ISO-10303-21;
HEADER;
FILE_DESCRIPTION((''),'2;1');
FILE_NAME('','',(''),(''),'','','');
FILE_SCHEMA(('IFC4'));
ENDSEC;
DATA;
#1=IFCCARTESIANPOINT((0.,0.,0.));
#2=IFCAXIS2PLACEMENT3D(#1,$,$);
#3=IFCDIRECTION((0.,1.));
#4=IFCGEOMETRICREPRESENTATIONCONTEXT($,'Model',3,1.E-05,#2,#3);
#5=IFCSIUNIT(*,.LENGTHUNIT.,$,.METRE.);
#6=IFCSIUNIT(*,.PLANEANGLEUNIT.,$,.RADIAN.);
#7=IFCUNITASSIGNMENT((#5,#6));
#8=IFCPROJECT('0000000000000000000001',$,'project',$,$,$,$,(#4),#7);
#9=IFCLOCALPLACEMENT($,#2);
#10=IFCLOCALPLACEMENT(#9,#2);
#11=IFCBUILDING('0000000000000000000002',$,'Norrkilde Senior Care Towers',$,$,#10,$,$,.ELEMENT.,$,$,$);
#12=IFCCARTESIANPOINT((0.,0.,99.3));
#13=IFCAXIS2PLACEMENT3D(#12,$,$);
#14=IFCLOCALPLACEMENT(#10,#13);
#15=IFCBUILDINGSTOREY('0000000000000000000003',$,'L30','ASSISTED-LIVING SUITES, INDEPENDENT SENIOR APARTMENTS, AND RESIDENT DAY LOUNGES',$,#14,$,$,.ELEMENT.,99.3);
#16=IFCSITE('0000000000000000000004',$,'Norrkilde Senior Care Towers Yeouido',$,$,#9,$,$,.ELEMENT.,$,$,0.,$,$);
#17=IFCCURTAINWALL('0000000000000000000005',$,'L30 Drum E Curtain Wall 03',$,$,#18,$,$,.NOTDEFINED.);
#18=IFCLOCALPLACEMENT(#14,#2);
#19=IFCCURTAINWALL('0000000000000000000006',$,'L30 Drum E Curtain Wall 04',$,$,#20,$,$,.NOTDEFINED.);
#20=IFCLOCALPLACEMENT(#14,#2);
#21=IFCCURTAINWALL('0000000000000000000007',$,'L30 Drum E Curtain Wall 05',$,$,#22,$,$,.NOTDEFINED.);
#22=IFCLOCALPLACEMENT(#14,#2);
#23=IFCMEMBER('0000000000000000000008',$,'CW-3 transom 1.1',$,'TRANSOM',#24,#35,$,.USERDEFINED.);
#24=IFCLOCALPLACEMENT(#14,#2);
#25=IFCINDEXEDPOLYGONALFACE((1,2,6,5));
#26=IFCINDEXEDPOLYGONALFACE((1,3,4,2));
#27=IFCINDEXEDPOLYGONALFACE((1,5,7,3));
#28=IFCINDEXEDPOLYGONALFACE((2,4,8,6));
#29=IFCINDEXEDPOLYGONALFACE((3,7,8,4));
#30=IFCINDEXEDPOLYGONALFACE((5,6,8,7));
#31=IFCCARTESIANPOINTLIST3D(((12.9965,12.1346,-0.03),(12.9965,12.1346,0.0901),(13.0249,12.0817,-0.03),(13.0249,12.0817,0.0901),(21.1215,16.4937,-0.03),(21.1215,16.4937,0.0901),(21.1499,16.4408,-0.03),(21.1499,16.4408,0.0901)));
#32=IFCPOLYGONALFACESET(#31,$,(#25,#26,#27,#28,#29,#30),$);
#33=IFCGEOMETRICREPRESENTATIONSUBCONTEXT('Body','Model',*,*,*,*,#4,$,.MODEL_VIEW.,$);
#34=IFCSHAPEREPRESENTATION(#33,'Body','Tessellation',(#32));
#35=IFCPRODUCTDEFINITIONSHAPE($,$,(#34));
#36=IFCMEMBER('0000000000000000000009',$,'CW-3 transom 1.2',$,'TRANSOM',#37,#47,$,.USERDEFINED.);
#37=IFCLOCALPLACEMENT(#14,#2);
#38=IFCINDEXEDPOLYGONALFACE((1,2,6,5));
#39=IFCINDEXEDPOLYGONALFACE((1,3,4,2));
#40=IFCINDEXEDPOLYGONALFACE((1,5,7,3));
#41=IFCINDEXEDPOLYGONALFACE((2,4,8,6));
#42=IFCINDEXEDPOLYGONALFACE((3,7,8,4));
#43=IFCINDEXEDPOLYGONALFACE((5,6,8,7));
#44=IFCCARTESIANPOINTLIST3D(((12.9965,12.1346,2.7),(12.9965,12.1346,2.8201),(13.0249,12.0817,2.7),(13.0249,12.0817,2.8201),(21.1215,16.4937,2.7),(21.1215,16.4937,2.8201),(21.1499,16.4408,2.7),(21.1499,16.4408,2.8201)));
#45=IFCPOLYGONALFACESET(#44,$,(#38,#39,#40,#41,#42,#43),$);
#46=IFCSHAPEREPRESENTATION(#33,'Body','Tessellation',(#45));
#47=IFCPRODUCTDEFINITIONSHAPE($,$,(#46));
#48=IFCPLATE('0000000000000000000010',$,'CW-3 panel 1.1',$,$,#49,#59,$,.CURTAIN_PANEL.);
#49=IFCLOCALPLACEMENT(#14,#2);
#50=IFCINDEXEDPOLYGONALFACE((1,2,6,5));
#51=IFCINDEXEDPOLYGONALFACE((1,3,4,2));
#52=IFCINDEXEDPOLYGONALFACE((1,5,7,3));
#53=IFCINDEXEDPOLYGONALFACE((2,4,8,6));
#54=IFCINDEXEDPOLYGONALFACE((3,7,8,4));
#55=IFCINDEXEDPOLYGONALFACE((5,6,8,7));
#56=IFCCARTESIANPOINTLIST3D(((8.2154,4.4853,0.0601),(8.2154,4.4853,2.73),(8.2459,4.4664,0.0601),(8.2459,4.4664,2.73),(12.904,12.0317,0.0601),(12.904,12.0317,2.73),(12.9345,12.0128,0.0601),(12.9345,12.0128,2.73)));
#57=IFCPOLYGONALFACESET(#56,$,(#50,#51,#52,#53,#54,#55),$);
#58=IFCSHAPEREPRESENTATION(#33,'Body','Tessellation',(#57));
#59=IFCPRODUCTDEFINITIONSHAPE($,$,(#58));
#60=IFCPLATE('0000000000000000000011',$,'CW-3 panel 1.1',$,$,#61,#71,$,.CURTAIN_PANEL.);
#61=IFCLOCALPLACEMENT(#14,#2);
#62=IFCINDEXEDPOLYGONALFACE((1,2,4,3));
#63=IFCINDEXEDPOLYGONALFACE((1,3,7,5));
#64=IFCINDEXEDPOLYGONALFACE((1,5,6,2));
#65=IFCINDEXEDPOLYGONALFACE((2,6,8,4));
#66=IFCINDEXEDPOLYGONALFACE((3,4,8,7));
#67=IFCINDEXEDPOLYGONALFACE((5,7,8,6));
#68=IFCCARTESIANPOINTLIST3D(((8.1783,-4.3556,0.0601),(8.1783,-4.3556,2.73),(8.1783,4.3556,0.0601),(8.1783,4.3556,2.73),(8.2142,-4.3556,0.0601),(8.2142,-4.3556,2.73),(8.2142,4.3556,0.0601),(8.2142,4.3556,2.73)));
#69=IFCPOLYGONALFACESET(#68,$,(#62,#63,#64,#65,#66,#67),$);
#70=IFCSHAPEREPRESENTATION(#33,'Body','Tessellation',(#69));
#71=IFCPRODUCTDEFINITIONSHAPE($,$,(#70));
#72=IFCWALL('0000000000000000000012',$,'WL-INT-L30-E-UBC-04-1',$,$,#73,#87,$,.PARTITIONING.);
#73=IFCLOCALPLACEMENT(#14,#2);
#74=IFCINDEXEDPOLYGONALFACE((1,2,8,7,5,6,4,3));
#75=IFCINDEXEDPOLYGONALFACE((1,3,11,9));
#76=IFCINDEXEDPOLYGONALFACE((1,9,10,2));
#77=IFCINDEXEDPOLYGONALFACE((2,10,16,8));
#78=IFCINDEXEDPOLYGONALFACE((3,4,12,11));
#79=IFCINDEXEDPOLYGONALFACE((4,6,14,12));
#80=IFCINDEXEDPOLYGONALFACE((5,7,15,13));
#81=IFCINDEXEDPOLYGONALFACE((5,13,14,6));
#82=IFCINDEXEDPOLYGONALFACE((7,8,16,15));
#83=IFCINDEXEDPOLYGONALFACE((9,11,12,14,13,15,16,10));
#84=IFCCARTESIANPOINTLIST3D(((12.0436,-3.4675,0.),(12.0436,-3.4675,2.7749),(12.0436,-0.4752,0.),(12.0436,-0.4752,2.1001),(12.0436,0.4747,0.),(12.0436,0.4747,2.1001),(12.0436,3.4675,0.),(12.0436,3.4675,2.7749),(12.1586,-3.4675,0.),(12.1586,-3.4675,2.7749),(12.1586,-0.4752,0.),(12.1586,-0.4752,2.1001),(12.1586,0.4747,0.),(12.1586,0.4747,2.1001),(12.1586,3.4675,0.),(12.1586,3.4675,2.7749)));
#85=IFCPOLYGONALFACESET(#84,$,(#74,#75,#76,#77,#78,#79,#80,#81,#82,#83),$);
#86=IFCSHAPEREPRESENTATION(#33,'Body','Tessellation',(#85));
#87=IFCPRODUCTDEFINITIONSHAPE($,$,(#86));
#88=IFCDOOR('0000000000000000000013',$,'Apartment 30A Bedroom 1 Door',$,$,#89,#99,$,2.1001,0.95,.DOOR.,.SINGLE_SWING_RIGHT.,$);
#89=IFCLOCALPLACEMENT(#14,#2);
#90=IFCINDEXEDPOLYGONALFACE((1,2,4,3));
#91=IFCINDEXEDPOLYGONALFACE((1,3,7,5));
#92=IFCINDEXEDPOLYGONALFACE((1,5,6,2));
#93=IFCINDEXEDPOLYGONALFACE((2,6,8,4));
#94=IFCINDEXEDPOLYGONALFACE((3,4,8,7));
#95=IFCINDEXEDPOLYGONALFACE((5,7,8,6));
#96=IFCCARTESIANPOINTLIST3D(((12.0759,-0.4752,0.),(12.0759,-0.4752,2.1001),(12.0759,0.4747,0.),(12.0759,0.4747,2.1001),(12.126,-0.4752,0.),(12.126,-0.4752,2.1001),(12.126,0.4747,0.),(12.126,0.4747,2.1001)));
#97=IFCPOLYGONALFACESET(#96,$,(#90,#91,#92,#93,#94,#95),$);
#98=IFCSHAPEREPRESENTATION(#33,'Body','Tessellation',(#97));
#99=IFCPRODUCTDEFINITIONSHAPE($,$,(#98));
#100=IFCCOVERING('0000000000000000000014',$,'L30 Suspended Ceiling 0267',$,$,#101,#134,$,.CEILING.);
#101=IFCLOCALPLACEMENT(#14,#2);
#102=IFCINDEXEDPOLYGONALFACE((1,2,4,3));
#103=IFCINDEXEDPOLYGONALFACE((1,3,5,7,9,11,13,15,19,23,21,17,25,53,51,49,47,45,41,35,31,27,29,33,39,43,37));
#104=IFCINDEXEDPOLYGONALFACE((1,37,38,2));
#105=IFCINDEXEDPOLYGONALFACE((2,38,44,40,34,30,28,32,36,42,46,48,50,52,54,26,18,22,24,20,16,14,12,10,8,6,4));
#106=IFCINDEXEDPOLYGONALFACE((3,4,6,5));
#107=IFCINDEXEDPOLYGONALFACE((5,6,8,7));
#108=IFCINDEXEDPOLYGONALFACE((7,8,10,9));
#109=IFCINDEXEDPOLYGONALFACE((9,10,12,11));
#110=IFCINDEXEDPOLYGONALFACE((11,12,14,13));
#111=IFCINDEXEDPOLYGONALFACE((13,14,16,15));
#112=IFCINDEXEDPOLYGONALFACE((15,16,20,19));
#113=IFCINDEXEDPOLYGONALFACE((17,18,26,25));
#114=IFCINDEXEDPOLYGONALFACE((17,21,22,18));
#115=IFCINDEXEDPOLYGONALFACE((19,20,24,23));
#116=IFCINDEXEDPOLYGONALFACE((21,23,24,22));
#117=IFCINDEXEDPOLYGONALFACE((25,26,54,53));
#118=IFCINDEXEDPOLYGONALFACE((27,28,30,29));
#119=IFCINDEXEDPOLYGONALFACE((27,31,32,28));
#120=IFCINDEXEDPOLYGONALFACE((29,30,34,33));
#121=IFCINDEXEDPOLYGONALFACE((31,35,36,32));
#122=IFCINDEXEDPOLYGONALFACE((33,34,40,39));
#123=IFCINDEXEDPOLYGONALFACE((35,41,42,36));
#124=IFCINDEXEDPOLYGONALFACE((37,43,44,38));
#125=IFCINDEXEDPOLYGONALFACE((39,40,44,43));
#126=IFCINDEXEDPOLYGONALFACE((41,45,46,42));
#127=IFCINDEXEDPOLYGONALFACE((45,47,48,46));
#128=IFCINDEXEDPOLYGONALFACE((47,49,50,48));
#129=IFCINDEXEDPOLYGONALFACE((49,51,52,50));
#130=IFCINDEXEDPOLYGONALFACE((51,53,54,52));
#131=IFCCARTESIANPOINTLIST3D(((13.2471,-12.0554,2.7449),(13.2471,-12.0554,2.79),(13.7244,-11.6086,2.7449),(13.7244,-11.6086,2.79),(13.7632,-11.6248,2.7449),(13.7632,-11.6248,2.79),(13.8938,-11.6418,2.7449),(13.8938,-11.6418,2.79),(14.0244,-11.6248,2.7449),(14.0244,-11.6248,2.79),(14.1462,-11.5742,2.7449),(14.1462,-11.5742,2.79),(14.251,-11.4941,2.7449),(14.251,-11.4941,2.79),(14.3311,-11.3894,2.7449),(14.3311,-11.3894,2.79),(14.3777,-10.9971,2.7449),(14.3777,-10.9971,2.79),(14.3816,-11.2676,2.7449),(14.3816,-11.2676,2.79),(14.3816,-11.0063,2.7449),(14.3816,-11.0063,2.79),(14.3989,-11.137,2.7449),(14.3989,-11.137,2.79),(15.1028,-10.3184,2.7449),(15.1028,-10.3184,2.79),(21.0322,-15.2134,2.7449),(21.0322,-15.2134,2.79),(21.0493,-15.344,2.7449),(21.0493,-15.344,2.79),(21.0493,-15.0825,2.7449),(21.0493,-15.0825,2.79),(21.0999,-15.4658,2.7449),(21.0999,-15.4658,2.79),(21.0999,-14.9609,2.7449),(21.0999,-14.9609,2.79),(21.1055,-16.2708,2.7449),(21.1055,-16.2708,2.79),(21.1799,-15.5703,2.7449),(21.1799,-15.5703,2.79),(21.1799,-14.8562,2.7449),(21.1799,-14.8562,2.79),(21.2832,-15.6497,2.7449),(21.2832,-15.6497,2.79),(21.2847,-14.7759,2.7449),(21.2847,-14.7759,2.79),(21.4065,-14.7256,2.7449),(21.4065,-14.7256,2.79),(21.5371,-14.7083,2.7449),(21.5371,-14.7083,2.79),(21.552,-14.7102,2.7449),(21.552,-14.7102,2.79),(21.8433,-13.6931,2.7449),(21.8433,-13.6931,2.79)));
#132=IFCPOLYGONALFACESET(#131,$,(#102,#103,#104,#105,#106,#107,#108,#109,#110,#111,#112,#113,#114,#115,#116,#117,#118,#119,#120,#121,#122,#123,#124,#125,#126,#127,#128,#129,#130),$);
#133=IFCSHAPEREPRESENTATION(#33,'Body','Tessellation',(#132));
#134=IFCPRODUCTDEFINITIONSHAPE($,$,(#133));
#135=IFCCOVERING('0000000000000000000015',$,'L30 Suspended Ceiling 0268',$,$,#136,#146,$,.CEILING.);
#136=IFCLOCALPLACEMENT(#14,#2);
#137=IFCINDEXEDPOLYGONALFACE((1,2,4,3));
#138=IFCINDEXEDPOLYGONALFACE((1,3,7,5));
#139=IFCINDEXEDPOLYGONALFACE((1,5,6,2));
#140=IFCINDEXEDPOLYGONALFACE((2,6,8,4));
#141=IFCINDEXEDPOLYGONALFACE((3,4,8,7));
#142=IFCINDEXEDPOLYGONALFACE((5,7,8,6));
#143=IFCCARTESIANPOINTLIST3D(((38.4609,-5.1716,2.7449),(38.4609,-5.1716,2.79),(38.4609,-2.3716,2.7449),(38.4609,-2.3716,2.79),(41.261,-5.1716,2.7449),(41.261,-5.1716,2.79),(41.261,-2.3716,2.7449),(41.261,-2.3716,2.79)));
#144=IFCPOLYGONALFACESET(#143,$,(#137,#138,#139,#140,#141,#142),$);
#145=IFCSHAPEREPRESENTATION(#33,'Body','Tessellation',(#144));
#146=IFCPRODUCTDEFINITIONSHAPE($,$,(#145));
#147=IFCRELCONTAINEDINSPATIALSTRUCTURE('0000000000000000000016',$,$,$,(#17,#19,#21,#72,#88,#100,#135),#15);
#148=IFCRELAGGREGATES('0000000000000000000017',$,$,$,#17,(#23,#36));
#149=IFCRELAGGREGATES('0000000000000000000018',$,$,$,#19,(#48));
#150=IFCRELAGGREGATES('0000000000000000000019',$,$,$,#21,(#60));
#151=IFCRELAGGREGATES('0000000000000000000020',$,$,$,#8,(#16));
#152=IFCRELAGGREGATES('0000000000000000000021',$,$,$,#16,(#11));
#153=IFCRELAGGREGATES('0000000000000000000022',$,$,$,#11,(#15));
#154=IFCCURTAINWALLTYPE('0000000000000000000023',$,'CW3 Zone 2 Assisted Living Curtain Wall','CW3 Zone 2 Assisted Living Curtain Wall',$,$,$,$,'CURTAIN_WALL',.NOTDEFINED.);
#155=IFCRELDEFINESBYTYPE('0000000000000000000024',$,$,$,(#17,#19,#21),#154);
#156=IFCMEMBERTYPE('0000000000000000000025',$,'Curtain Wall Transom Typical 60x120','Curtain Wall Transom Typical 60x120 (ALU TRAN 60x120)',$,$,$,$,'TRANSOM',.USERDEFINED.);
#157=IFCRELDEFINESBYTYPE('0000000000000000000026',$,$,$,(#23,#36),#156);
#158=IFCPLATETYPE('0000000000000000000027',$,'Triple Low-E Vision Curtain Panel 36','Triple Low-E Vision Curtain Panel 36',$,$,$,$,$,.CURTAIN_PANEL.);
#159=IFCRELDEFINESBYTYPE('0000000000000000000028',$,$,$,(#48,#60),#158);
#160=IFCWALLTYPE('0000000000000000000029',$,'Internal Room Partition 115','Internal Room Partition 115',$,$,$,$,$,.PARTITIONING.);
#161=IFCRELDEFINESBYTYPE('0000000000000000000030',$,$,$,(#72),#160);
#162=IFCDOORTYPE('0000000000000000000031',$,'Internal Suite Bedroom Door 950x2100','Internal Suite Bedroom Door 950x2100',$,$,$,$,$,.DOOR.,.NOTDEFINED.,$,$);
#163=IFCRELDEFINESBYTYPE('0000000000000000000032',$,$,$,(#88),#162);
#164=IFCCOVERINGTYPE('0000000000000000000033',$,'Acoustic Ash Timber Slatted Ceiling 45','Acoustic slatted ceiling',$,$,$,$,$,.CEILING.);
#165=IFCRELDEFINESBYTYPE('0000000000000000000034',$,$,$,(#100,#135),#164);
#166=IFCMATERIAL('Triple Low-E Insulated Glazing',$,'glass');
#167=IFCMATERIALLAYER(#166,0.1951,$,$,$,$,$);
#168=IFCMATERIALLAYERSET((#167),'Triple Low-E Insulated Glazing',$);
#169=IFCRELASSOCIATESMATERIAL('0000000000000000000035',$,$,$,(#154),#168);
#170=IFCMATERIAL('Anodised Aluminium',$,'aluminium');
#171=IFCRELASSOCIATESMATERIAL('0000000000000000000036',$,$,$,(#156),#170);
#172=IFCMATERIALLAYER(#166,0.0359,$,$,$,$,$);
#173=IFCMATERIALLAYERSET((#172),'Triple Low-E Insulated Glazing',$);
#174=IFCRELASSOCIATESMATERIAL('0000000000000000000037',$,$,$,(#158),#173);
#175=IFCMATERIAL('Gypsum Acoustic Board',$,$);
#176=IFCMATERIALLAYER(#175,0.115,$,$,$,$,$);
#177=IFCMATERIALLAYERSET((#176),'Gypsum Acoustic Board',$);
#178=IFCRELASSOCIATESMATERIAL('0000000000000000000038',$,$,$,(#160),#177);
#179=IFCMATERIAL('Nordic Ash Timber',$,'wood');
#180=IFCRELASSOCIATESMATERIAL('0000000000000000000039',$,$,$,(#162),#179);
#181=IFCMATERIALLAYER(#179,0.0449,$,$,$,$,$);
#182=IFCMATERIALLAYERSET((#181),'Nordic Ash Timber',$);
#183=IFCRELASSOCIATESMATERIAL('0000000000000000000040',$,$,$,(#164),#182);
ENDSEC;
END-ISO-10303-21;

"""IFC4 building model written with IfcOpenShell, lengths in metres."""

from ifc_helpers import new_model, si_unit, direction, frame, frame_2d, origin, origin_2d, place, context, subcontext, project, spatial, polyline, rectangle, outline, extrude, source, transform, mapped, material, layer, layer_set, material_profile, profile_set, type_object, type_shapes, element, fill, aggregate, save


model = new_model("IFC4")

# Units and contexts
model_context = context("Model", 3, precision=1e-05, world=origin(), true_north=direction((0.0, 1.0)))
body_context = subcontext(model_context, "Body", "Model", "MODEL_VIEW")
ifc_project = project(units=[si_unit("LENGTHUNIT", "METRE"), si_unit("PLANEANGLEUNIT", "RADIAN")], contexts=[model_context])

# Site, building, storey
site_placement = place(None, origin())
site = spatial("IfcSite", under=ifc_project, at=site_placement, Name="Norrkilde Senior Care Towers Yeouido", CompositionType="ELEMENT", RefElevation=0.0)
building_placement = place(site_placement, origin())
building = spatial("IfcBuilding", under=site, at=building_placement, Name="Norrkilde Senior Care Towers", CompositionType="ELEMENT")
storey_placement = place(building_placement, frame((0.0, 0.0, 99.3)))
storey = spatial("IfcBuildingStorey", under=building, at=storey_placement, Name="L30", Description="ASSISTED-LIVING SUITES, INDEPENDENT SENIOR APARTMENTS, AND RESIDENT DAY LOUNGES", CompositionType="ELEMENT", Elevation=99.3)

# Curtain wall
ifc_material_1 = material(Name="Triple Low-E Insulated Glazing", Category="glass")
ifc_layer_1 = layer(ifc_material_1, 0.1951)
ifc_layer_set_1 = layer_set([ifc_layer_1], Name="Triple Low-E Insulated Glazing")
curtain_wall_type = type_object("IfcCurtainWallType", Name="CW3 Zone 2 Assisted Living Curtain Wall", Description="CW3 Zone 2 Assisted Living Curtain Wall", ElementType="CURTAIN_WALL", PredefinedType="NOTDEFINED", material=ifc_layer_set_1)
curtain_wall_1_placement = place(storey_placement, origin())
curtain_wall_1 = element("IfcCurtainWall", 1, at=curtain_wall_1_placement, inside=storey, type_object=curtain_wall_type, Name="L30 Drum E Curtain Wall 03", PredefinedType="NOTDEFINED")
ifc_material_2 = material(Name="Anodised Aluminium", Category="aluminium")

# Curtain wall
curtain_wall_2_placement = place(storey_placement, origin())
curtain_wall_2 = element("IfcCurtainWall", 2, at=curtain_wall_2_placement, inside=storey, type_object=curtain_wall_type, Name="L30 Drum E Curtain Wall 04", PredefinedType="NOTDEFINED")

# Curtain wall
curtain_wall_3_placement = place(storey_placement, origin())
curtain_wall_3 = element("IfcCurtainWall", 3, at=curtain_wall_3_placement, inside=storey, type_object=curtain_wall_type, Name="L30 Drum E Curtain Wall 05", PredefinedType="NOTDEFINED")

# Members
ifc_material_profile_1 = material_profile(ifc_material_2, rectangle(XDim=0.0601, YDim=0.1201, at=origin_2d()), Name="ALU TRAN 60x120")
ifc_profile_set_1 = profile_set([ifc_material_profile_1], Name="Anodised Aluminium")
member_type_1 = type_object("IfcMemberType", Name="Curtain Wall Transom Typical 60x120", Description="Curtain Wall Transom Typical 60x120 (ALU TRAN 60x120)", ElementType="TRANSOM", PredefinedType="USERDEFINED", material=ifc_profile_set_1)
shared_shape_1 = source(origin(), body_context, "Body", "SweptSolid", [
    extrude(rectangle(XDim=0.0601, YDim=0.1201, at=origin_2d()), origin(), (0.0, 0.0, 1.0), 9.2205),
])
member_1_placement = place(storey_placement, frame((13.0107, 12.1082, 0.03), z_axis=(0.881189, 0.472765, 0.0), x_axis=(-0.472765, 0.881189, 0.0)))
member_1 = element("IfcMember", 4, at=member_1_placement, type_object=member_type_1, Name="CW-3 transom 1.1", ObjectType="TRANSOM", PredefinedType="USERDEFINED", context=body_context, shape_type="MappedRepresentation", body=[
    mapped(shared_shape_1, transform((0.0, 0.0, 0.0), x_axis=(1.0, 0.0, 0.0), y_axis=(0.0, 1.0, 0.0), z_axis=(0.0, 0.0, 1.0), scale=1.0)),
])
member_2_placement = place(storey_placement, frame((13.0107, 12.1082, 2.76), z_axis=(0.881189, 0.472765, 0.0), x_axis=(-0.472765, 0.881189, 0.0)))
member_2 = element("IfcMember", 5, at=member_2_placement, type_object=member_type_1, Name="CW-3 transom 1.2", ObjectType="TRANSOM", PredefinedType="USERDEFINED", context=body_context, shape_type="MappedRepresentation", body=[
    mapped(shared_shape_1, transform((0.0, 0.0, 0.0), x_axis=(1.0, 0.0, 0.0), y_axis=(0.0, 1.0, 0.0), z_axis=(0.0, 0.0, 1.0), scale=1.0)),
])
aggregate(curtain_wall_1, [member_1, member_2])

# Plates
ifc_layer_2 = layer(ifc_material_1, 0.0359)
ifc_layer_set_2 = layer_set([ifc_layer_2], Name="Triple Low-E Insulated Glazing")
plate_type = type_object("IfcPlateType", Name="Triple Low-E Vision Curtain Panel 36", Description="Triple Low-E Vision Curtain Panel 36", PredefinedType="CURTAIN_PANEL", material=ifc_layer_set_2)
shared_shape_2 = source(origin(), body_context, "Body", "SweptSolid", [
    extrude(rectangle(XDim=8.8843, YDim=0.0359, at=origin_2d()), origin(), (0.0, 0.0, 1.0), 2.6699),
])
plate_1_placement = place(storey_placement, frame((10.575, 8.249, 0.0601), z_axis=(0.0, 0.0, 1.0), x_axis=(0.527733, 0.84941, 0.0)))
plate_1 = element("IfcPlate", 6, at=plate_1_placement, type_object=plate_type, Name="CW-3 panel 1.1", PredefinedType="CURTAIN_PANEL", context=body_context, shape_type="MappedRepresentation", body=[
    mapped(shared_shape_2, transform((0.0, 0.0, 0.0), x_axis=(1.0, 0.0, 0.0), y_axis=(0.0, 1.0, 0.0), z_axis=(0.0, 0.0, 1.0), scale=1.0)),
])
aggregate(curtain_wall_2, [plate_1])
shared_shape_3 = source(origin(), body_context, "Body", "SweptSolid", [
    extrude(rectangle(XDim=8.7112, YDim=0.0359, at=origin_2d()), origin(), (0.0, 0.0, 1.0), 2.6699),
])
type_shapes(plate_type, [shared_shape_2, shared_shape_3])
plate_2_placement = place(storey_placement, frame((8.1963, 0.0, 0.0601), z_axis=(0.0, 0.0, 1.0), x_axis=(0.0, 1.0, 0.0)))
plate_2 = element("IfcPlate", 7, at=plate_2_placement, type_object=plate_type, Name="CW-3 panel 1.1", PredefinedType="CURTAIN_PANEL", context=body_context, shape_type="MappedRepresentation", body=[
    mapped(shared_shape_3, transform((0.0, 0.0, 0.0), x_axis=(1.0, 0.0, 0.0), y_axis=(0.0, 1.0, 0.0), z_axis=(0.0, 0.0, 1.0), scale=1.0)),
])
aggregate(curtain_wall_3, [plate_2])

# Wall, opening, door
ifc_material_3 = material(Name="Gypsum Acoustic Board")
ifc_layer_3 = layer(ifc_material_3, 0.115)
ifc_layer_set_3 = layer_set([ifc_layer_3], Name="Gypsum Acoustic Board")
wall_type = type_object("IfcWallType", Name="Internal Room Partition 115", Description="Internal Room Partition 115", PredefinedType="PARTITIONING", material=ifc_layer_set_3)
shared_shape_4 = source(origin(), body_context, "Body", "SweptSolid", [
    extrude(rectangle(XDim=6.9351, YDim=0.115, at=frame_2d((3.4675, 0.0))), origin(), (0.0, 0.0, 1.0), 2.7749),
])
type_shapes(wall_type, [shared_shape_4])
wall_placement = place(storey_placement, frame((12.1011, 3.4675, 0.0), z_axis=(0.0, 0.0, 1.0), x_axis=(0.0, -1.0, 0.0)))
wall = element("IfcWall", 8, at=wall_placement, inside=storey, type_object=wall_type, Name="WL-INT-L30-E-UBC-04-1", PredefinedType="PARTITIONING", context=body_context, shape_type="MappedRepresentation", body=[
    mapped(shared_shape_4, transform((0.0, 0.0, 0.0), x_axis=(1.0, 0.0, 0.0), y_axis=(0.0, 1.0, 0.0), z_axis=(0.0, 0.0, 1.0), scale=1.0)),
])
opening_placement = place(wall_placement, frame((2.9927, 0.0, 0.0)))
opening = element("IfcOpeningElement", 9, at=opening_placement, cuts=wall, PredefinedType="OPENING", context=body_context, shape_type="SweptSolid", body=[
    extrude(rectangle(XDim=0.95, YDim=2.1001, at=frame_2d((0.4751, 1.05))), frame((0.0, 0.0674, 0.0), z_axis=(0.0, -1.0, 0.0), x_axis=(1.0, 0.0, 0.0)), (0.0, 0.0, 1.0), 0.135),
])
ifc_material_4 = material(Name="Nordic Ash Timber", Category="wood")
door_type = type_object("IfcDoorType", Name="Internal Suite Bedroom Door 950x2100", Description="Internal Suite Bedroom Door 950x2100", OperationType="NOTDEFINED", PredefinedType="DOOR", material=ifc_material_4)
shared_shape_5 = source(origin(), body_context, "Body", "SweptSolid", [
    extrude(rectangle(XDim=0.95, YDim=2.1001, at=frame_2d((0.4751, 1.05))), frame((0.0, 0.0249, 0.0), z_axis=(0.0, -1.0, 0.0), x_axis=(1.0, 0.0, 0.0)), (0.0, 0.0, 1.0), 0.05),
])
type_shapes(door_type, [shared_shape_5])
door_placement = place(opening_placement, origin())
door = element("IfcDoor", 10, at=door_placement, inside=storey, type_object=door_type, Name="Apartment 30A Bedroom 1 Door", OperationType="SINGLE_SWING_RIGHT", OverallHeight=2.1001, OverallWidth=0.95, PredefinedType="DOOR", context=body_context, shape_type="MappedRepresentation", body=[
    mapped(shared_shape_5, transform((0.0, 0.0, 0.0), x_axis=(1.0, 0.0, 0.0), y_axis=(0.0, 1.0, 0.0), z_axis=(0.0, 0.0, 1.0), scale=1.0)),
])
fill(opening, door)

# Coverings
ifc_layer_4 = layer(ifc_material_4, 0.0449)
ifc_layer_set_4 = layer_set([ifc_layer_4], Name="Nordic Ash Timber")
covering_type_1 = type_object("IfcCoveringType", Name="Acoustic Ash Timber Slatted Ceiling 45", Description="Acoustic slatted ceiling", PredefinedType="CEILING", material=ifc_layer_set_4)
covering_1_placement = place(storey_placement, frame((0.0, 0.0, 2.7449)))
element("IfcCovering", 11, at=covering_1_placement, inside=storey, type_object=covering_type_1, Name="L30 Suspended Ceiling 0267", PredefinedType="CEILING", context=body_context, shape_type="SweptSolid", body=[
    extrude(outline(polyline([(13.7632, -11.6248), (13.8938, -11.6418), (14.0244, -11.6248), (14.1462, -11.5742), (14.251, -11.4941), (14.3311, -11.3894), (14.3816, -11.2676), (14.3989, -11.137), (14.3816, -11.0063), (14.3777, -10.9971), (15.1028, -10.3184), (21.8433, -13.6931), (21.552, -14.7102), (21.5371, -14.7083), (21.4065, -14.7256), (21.2847, -14.7759), (21.1799, -14.8562), (21.0999, -14.9609), (21.0493, -15.0825), (21.0322, -15.2134), (21.0493, -15.344), (21.0999, -15.4658), (21.1799, -15.5703), (21.2832, -15.6497), (21.1055, -16.2708), (13.2471, -12.0554), (13.7244, -11.6086), (13.7632, -11.6248)])), origin(), (0.0, 0.0, 1.0), 0.0452),
])
covering_2_placement = place(storey_placement, frame((0.0, 0.0, 2.7449)))
element("IfcCovering", 12, at=covering_2_placement, inside=storey, type_object=covering_type_1, Name="L30 Suspended Ceiling 0268", PredefinedType="CEILING", context=body_context, shape_type="SweptSolid", body=[
    extrude(outline(polyline([(38.4609, -5.1716), (38.4609, -2.3716), (41.261, -2.3716), (41.261, -5.1716), (38.4609, -5.1716)])), origin(), (0.0, 0.0, 1.0), 0.0452),
])

save(model, "model.ifc")
